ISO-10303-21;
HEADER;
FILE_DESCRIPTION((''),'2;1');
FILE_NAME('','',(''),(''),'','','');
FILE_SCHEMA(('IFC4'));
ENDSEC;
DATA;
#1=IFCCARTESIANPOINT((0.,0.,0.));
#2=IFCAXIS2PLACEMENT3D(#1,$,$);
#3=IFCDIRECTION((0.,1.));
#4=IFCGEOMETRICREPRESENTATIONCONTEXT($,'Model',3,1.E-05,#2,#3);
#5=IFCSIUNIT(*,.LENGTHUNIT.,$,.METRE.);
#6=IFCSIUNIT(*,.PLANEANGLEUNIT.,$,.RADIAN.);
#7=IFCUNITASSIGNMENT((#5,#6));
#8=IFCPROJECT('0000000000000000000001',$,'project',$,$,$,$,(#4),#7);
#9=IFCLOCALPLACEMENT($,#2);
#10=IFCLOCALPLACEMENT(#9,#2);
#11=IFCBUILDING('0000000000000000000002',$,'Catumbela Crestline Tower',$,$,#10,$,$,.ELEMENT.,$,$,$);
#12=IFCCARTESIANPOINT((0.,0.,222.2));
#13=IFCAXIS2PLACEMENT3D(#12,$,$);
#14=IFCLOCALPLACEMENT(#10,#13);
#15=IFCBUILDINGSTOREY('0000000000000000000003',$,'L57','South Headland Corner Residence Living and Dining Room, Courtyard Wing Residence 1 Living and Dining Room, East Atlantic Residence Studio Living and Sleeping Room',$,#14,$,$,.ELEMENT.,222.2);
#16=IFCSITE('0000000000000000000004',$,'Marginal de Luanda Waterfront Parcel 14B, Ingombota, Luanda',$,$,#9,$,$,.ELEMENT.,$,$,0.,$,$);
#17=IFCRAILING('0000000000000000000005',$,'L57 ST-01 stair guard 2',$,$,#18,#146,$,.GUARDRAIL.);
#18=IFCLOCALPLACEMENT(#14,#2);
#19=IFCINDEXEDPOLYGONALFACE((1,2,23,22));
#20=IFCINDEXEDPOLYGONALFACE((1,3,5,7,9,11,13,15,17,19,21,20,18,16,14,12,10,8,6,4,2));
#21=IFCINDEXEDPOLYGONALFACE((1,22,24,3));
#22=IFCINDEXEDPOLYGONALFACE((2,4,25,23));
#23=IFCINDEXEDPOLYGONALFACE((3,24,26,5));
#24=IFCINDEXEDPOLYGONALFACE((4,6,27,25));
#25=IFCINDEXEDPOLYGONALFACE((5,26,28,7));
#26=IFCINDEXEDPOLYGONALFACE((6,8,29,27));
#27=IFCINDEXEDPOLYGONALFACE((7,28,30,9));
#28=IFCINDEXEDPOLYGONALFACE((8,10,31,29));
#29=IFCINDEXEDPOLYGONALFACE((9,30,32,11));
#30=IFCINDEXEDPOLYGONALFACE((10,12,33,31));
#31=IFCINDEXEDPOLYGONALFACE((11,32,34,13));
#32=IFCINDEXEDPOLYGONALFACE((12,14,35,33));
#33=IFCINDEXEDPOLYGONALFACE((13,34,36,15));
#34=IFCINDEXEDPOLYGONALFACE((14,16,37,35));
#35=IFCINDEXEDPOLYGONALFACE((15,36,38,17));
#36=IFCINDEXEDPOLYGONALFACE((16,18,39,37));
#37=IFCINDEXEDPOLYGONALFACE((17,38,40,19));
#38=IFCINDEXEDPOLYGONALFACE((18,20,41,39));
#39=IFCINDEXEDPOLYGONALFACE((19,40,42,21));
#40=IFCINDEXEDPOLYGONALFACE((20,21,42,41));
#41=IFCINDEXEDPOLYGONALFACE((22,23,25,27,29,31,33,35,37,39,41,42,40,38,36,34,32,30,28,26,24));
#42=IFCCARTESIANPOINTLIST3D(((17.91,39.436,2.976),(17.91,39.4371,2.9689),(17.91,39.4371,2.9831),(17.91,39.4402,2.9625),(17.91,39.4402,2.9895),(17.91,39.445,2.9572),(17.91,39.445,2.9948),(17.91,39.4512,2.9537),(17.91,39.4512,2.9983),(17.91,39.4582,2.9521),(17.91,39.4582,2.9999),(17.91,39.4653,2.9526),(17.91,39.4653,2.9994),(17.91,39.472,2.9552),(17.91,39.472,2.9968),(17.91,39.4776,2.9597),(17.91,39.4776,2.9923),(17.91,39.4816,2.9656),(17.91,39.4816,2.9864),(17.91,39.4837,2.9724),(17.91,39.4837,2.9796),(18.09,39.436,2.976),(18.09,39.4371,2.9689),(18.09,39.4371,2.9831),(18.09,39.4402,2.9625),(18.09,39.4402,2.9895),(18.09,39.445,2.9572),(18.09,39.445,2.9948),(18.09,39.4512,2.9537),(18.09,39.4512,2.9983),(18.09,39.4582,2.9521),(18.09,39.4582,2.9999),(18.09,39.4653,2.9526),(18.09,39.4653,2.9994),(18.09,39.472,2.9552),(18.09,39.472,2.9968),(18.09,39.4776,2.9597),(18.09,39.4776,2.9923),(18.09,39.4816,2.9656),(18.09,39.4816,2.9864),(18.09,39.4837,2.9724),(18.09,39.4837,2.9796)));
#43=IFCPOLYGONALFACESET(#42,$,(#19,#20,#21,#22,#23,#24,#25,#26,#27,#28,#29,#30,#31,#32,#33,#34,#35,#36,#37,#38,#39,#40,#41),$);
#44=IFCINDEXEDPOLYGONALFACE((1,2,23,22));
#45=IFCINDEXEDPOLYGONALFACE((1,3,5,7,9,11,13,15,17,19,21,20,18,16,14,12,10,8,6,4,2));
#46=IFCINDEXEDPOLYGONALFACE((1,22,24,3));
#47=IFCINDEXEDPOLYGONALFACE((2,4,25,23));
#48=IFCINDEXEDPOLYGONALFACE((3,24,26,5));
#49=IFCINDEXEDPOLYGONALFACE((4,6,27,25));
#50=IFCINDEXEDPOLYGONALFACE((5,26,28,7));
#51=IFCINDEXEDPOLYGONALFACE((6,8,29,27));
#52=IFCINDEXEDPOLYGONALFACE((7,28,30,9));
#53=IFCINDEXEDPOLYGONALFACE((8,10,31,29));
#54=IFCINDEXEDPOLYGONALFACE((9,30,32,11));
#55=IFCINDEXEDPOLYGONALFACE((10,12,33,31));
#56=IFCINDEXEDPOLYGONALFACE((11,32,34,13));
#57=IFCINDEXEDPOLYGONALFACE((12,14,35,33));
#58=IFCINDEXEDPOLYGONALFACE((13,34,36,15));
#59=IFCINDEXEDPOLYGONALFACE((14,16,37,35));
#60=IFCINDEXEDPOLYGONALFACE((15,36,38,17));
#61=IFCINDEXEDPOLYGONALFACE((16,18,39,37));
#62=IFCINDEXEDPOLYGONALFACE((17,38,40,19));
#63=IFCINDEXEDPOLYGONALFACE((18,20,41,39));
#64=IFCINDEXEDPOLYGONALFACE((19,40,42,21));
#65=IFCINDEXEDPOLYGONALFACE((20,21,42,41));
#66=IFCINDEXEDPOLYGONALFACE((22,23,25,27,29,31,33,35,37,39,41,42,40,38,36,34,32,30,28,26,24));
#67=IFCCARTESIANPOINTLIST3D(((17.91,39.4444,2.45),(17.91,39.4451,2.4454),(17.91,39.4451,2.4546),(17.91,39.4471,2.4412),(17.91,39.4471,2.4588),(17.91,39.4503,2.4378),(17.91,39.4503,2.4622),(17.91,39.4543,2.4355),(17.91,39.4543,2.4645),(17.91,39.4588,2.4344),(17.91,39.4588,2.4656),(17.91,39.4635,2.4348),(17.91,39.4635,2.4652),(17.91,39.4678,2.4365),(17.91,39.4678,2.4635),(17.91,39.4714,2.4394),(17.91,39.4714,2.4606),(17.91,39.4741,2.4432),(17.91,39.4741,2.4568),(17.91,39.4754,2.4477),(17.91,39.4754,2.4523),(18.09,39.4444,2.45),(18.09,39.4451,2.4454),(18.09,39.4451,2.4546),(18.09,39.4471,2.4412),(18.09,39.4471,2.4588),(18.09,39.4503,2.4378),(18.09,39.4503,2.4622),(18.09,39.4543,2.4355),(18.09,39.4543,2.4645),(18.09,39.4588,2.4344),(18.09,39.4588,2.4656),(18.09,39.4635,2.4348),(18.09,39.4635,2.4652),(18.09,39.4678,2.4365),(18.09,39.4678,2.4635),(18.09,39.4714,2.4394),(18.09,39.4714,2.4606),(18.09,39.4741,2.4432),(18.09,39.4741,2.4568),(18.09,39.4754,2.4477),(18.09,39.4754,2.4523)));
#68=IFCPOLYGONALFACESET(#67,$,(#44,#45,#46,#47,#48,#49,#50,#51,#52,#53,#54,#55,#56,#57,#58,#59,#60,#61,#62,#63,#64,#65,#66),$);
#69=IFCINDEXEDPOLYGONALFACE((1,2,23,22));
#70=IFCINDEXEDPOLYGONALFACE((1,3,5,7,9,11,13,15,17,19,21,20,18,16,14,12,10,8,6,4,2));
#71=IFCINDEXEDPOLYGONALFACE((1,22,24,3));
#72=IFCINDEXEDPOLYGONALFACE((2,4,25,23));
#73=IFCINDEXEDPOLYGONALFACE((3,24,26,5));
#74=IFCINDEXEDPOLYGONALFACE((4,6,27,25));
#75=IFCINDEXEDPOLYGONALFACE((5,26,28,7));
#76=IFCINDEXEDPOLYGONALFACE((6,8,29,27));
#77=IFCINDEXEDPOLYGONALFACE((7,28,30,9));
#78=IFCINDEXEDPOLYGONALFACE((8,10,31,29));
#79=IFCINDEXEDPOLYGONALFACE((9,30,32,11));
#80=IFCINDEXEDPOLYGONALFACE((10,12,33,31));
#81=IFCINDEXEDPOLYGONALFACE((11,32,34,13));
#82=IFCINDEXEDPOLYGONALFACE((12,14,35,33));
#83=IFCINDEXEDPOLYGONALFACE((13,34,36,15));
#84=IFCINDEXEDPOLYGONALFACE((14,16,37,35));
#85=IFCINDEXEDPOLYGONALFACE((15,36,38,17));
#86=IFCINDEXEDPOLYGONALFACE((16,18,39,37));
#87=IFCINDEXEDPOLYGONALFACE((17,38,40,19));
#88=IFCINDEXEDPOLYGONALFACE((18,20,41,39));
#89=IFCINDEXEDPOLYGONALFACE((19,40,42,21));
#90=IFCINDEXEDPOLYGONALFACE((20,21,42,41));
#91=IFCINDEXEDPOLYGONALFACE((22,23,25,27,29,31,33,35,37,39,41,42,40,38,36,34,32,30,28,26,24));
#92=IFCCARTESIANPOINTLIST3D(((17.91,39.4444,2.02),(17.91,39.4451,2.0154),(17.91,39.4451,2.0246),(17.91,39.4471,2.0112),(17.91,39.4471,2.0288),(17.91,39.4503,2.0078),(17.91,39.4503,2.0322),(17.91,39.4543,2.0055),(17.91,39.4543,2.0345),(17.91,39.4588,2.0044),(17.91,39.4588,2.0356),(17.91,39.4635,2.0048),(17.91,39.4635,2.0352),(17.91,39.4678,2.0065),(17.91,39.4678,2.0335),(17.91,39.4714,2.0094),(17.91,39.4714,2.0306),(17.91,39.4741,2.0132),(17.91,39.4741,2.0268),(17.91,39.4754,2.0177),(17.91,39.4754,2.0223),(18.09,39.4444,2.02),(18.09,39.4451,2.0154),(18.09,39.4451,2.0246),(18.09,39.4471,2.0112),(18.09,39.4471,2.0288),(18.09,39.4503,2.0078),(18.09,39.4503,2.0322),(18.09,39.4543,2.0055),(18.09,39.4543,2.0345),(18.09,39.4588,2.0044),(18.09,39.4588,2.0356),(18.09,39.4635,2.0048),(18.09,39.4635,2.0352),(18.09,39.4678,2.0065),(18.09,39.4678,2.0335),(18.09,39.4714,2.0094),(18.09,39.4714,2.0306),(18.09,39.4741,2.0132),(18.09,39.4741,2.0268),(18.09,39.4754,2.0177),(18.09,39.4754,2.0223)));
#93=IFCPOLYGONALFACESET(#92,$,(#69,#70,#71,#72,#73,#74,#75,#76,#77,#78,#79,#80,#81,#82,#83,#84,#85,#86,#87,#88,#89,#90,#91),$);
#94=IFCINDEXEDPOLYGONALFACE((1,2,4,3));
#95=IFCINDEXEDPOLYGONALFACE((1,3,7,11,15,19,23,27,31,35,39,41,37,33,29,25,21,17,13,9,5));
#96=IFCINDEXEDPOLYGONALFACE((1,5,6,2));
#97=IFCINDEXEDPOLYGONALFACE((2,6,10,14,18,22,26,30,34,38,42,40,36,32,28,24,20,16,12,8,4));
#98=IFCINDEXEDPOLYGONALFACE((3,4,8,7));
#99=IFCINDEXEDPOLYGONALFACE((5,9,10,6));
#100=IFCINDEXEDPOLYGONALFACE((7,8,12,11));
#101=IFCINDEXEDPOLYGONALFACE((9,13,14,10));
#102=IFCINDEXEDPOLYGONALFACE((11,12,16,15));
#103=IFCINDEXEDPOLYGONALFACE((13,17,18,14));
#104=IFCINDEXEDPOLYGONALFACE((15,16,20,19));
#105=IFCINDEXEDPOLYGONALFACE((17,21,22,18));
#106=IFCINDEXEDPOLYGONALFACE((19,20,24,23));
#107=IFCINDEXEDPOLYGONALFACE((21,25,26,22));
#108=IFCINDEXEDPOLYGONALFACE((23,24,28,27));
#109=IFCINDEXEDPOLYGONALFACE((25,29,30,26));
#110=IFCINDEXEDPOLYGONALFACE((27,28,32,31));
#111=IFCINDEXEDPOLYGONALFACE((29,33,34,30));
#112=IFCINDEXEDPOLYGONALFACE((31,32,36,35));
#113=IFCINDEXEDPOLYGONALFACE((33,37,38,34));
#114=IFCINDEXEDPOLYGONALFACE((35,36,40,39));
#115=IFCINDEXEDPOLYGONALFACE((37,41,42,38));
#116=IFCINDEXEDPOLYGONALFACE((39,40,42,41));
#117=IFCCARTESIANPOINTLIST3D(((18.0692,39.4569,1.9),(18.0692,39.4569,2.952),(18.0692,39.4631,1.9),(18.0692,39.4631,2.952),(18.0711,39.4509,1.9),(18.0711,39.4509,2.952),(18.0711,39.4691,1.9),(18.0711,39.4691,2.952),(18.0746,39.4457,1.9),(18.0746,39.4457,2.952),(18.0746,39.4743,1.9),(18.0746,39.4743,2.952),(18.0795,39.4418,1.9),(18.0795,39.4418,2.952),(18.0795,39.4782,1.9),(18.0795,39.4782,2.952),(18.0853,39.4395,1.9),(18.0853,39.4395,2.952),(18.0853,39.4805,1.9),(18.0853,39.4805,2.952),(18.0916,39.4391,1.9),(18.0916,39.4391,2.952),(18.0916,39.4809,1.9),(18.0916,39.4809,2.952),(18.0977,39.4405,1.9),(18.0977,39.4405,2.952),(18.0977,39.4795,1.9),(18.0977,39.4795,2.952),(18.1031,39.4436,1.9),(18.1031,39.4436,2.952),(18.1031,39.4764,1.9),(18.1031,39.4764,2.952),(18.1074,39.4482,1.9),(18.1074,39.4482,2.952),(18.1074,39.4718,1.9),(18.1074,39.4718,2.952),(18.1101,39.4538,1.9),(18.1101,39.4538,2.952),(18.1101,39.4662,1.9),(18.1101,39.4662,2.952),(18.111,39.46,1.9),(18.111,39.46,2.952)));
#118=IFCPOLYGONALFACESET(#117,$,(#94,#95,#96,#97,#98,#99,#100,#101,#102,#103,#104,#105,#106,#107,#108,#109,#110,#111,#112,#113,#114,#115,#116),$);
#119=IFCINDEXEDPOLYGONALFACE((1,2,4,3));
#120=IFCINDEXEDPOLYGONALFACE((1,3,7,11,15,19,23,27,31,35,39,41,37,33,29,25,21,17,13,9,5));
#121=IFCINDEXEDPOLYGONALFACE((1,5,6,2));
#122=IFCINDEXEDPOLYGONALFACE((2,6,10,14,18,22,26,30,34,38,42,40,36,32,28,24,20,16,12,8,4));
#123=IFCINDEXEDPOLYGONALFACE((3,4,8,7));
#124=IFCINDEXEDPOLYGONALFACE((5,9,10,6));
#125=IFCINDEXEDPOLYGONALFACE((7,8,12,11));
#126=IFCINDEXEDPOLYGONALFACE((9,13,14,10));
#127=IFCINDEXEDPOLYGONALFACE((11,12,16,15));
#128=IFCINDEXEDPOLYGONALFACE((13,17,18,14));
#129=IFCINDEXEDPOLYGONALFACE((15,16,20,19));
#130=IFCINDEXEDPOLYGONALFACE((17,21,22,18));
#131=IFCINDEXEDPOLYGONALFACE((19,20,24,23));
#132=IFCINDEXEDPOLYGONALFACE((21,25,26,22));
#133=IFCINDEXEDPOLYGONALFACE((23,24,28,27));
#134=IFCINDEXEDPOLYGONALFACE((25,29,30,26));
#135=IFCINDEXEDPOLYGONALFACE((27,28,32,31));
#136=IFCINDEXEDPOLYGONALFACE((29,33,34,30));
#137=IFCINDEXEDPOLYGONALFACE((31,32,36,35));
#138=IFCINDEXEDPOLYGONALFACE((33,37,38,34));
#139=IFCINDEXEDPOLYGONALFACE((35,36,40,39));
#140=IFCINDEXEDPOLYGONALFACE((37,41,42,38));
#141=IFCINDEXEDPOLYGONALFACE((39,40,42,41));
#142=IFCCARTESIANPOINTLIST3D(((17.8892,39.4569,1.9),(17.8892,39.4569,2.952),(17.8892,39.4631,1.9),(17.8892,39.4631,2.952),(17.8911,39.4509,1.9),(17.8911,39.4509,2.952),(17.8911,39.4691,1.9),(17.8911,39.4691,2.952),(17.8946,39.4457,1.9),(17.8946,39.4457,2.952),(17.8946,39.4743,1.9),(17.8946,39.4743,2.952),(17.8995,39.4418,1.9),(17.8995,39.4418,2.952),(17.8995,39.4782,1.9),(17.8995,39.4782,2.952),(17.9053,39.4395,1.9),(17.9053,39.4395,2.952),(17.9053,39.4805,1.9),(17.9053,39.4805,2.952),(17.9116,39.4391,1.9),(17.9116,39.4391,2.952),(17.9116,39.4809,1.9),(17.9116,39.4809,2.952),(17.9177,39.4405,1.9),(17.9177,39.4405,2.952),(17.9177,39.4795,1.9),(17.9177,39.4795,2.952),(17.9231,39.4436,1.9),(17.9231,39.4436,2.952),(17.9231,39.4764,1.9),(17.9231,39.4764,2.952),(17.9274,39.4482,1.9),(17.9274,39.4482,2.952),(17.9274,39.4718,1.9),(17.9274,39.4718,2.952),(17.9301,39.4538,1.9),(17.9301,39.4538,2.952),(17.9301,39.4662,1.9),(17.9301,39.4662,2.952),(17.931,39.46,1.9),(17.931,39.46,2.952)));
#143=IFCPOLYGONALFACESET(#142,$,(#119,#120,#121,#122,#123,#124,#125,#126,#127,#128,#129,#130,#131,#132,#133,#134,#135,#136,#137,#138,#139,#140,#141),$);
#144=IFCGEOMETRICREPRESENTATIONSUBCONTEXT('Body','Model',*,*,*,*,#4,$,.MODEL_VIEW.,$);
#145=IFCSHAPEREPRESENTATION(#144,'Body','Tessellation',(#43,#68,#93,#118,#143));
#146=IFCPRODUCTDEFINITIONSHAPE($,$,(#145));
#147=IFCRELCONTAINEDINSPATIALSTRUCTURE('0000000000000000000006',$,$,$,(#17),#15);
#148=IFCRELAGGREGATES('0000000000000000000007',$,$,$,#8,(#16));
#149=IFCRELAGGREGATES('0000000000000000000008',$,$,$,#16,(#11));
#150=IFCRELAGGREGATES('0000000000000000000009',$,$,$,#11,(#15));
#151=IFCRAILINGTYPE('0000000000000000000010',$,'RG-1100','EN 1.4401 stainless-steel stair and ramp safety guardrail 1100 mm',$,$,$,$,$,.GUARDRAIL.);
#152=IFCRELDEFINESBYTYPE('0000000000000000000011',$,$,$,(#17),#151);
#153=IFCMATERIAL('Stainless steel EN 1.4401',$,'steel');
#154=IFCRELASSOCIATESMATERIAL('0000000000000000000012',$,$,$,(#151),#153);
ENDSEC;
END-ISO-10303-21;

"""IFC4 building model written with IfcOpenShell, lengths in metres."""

from ifc_helpers import new_model, si_unit, direction, frame, origin, origin_2d, place, context, subcontext, project, spatial, circle, extrude, material, type_object, element, save


model = new_model("IFC4")

# Units and contexts
model_context = context("Model", 3, precision=1e-05, world=origin(), true_north=direction((0.0, 1.0)))
body_context = subcontext(model_context, "Body", "Model", "MODEL_VIEW")
ifc_project = project(units=[si_unit("LENGTHUNIT", "METRE"), si_unit("PLANEANGLEUNIT", "RADIAN")], contexts=[model_context])

# Site, building, storey
site_placement = place(None, origin())
site = spatial("IfcSite", under=ifc_project, at=site_placement, Name="Marginal de Luanda Waterfront Parcel 14B, Ingombota, Luanda", CompositionType="ELEMENT", RefElevation=0.0)
building_placement = place(site_placement, origin())
building = spatial("IfcBuilding", under=site, at=building_placement, Name="Catumbela Crestline Tower", CompositionType="ELEMENT")
storey_placement = place(building_placement, frame((0.0, 0.0, 222.2)))
storey = spatial("IfcBuildingStorey", under=building, at=storey_placement, Name="L57", Description="South Headland Corner Residence Living and Dining Room, Courtyard Wing Residence 1 Living and Dining Room, East Atlantic Residence Studio Living and Sleeping Room", CompositionType="ELEMENT", Elevation=222.2)

# Shared definitions
ifc_material_1 = material(Name="Stainless steel EN 1.4401", Category="steel")

# Railing
railing_type_1 = type_object("IfcRailingType", Name="RG-1100", Description="EN 1.4401 stainless-steel stair and ramp safety guardrail 1100 mm", PredefinedType="GUARDRAIL", material=ifc_material_1)
for number, where, name in (
    (1, (18.09, 39.46, 1.9), "L57 ST-01 stair guard 2"),
):
    element("IfcRailing", number, at=place(storey_placement, frame(where)), inside=storey, type_object=railing_type_1, Name=name, PredefinedType="GUARDRAIL", context=body_context, shape_type="SweptSolid", body=[
        extrude(circle(Radius=0.024, at=origin_2d()), frame((0.0, 0.0, 1.076), z_axis=(-1.0, 0.0, 0.0), x_axis=(0.0, -1.0, 0.0)), (0.0, 0.0, 1.0), 0.18),
        extrude(circle(Radius=0.0156, at=origin_2d()), frame((0.0, 0.0, 0.55), z_axis=(-1.0, 0.0, 0.0), x_axis=(0.0, -1.0, 0.0)), (0.0, 0.0, 1.0), 0.18),
        extrude(circle(Radius=0.0156, at=origin_2d()), frame((0.0, 0.0, 0.12), z_axis=(-1.0, 0.0, 0.0), x_axis=(0.0, -1.0, 0.0)), (0.0, 0.0, 1.0), 0.18),
        extrude(circle(Radius=0.021, at=origin_2d()), origin(), (0.0, 0.0, 1.0), 1.052),
        extrude(circle(Radius=0.021, at=origin_2d()), frame((-0.18, 0.0, 0.0)), (0.0, 0.0, 1.0), 1.052),
    ])

save(model, "model.ifc")
